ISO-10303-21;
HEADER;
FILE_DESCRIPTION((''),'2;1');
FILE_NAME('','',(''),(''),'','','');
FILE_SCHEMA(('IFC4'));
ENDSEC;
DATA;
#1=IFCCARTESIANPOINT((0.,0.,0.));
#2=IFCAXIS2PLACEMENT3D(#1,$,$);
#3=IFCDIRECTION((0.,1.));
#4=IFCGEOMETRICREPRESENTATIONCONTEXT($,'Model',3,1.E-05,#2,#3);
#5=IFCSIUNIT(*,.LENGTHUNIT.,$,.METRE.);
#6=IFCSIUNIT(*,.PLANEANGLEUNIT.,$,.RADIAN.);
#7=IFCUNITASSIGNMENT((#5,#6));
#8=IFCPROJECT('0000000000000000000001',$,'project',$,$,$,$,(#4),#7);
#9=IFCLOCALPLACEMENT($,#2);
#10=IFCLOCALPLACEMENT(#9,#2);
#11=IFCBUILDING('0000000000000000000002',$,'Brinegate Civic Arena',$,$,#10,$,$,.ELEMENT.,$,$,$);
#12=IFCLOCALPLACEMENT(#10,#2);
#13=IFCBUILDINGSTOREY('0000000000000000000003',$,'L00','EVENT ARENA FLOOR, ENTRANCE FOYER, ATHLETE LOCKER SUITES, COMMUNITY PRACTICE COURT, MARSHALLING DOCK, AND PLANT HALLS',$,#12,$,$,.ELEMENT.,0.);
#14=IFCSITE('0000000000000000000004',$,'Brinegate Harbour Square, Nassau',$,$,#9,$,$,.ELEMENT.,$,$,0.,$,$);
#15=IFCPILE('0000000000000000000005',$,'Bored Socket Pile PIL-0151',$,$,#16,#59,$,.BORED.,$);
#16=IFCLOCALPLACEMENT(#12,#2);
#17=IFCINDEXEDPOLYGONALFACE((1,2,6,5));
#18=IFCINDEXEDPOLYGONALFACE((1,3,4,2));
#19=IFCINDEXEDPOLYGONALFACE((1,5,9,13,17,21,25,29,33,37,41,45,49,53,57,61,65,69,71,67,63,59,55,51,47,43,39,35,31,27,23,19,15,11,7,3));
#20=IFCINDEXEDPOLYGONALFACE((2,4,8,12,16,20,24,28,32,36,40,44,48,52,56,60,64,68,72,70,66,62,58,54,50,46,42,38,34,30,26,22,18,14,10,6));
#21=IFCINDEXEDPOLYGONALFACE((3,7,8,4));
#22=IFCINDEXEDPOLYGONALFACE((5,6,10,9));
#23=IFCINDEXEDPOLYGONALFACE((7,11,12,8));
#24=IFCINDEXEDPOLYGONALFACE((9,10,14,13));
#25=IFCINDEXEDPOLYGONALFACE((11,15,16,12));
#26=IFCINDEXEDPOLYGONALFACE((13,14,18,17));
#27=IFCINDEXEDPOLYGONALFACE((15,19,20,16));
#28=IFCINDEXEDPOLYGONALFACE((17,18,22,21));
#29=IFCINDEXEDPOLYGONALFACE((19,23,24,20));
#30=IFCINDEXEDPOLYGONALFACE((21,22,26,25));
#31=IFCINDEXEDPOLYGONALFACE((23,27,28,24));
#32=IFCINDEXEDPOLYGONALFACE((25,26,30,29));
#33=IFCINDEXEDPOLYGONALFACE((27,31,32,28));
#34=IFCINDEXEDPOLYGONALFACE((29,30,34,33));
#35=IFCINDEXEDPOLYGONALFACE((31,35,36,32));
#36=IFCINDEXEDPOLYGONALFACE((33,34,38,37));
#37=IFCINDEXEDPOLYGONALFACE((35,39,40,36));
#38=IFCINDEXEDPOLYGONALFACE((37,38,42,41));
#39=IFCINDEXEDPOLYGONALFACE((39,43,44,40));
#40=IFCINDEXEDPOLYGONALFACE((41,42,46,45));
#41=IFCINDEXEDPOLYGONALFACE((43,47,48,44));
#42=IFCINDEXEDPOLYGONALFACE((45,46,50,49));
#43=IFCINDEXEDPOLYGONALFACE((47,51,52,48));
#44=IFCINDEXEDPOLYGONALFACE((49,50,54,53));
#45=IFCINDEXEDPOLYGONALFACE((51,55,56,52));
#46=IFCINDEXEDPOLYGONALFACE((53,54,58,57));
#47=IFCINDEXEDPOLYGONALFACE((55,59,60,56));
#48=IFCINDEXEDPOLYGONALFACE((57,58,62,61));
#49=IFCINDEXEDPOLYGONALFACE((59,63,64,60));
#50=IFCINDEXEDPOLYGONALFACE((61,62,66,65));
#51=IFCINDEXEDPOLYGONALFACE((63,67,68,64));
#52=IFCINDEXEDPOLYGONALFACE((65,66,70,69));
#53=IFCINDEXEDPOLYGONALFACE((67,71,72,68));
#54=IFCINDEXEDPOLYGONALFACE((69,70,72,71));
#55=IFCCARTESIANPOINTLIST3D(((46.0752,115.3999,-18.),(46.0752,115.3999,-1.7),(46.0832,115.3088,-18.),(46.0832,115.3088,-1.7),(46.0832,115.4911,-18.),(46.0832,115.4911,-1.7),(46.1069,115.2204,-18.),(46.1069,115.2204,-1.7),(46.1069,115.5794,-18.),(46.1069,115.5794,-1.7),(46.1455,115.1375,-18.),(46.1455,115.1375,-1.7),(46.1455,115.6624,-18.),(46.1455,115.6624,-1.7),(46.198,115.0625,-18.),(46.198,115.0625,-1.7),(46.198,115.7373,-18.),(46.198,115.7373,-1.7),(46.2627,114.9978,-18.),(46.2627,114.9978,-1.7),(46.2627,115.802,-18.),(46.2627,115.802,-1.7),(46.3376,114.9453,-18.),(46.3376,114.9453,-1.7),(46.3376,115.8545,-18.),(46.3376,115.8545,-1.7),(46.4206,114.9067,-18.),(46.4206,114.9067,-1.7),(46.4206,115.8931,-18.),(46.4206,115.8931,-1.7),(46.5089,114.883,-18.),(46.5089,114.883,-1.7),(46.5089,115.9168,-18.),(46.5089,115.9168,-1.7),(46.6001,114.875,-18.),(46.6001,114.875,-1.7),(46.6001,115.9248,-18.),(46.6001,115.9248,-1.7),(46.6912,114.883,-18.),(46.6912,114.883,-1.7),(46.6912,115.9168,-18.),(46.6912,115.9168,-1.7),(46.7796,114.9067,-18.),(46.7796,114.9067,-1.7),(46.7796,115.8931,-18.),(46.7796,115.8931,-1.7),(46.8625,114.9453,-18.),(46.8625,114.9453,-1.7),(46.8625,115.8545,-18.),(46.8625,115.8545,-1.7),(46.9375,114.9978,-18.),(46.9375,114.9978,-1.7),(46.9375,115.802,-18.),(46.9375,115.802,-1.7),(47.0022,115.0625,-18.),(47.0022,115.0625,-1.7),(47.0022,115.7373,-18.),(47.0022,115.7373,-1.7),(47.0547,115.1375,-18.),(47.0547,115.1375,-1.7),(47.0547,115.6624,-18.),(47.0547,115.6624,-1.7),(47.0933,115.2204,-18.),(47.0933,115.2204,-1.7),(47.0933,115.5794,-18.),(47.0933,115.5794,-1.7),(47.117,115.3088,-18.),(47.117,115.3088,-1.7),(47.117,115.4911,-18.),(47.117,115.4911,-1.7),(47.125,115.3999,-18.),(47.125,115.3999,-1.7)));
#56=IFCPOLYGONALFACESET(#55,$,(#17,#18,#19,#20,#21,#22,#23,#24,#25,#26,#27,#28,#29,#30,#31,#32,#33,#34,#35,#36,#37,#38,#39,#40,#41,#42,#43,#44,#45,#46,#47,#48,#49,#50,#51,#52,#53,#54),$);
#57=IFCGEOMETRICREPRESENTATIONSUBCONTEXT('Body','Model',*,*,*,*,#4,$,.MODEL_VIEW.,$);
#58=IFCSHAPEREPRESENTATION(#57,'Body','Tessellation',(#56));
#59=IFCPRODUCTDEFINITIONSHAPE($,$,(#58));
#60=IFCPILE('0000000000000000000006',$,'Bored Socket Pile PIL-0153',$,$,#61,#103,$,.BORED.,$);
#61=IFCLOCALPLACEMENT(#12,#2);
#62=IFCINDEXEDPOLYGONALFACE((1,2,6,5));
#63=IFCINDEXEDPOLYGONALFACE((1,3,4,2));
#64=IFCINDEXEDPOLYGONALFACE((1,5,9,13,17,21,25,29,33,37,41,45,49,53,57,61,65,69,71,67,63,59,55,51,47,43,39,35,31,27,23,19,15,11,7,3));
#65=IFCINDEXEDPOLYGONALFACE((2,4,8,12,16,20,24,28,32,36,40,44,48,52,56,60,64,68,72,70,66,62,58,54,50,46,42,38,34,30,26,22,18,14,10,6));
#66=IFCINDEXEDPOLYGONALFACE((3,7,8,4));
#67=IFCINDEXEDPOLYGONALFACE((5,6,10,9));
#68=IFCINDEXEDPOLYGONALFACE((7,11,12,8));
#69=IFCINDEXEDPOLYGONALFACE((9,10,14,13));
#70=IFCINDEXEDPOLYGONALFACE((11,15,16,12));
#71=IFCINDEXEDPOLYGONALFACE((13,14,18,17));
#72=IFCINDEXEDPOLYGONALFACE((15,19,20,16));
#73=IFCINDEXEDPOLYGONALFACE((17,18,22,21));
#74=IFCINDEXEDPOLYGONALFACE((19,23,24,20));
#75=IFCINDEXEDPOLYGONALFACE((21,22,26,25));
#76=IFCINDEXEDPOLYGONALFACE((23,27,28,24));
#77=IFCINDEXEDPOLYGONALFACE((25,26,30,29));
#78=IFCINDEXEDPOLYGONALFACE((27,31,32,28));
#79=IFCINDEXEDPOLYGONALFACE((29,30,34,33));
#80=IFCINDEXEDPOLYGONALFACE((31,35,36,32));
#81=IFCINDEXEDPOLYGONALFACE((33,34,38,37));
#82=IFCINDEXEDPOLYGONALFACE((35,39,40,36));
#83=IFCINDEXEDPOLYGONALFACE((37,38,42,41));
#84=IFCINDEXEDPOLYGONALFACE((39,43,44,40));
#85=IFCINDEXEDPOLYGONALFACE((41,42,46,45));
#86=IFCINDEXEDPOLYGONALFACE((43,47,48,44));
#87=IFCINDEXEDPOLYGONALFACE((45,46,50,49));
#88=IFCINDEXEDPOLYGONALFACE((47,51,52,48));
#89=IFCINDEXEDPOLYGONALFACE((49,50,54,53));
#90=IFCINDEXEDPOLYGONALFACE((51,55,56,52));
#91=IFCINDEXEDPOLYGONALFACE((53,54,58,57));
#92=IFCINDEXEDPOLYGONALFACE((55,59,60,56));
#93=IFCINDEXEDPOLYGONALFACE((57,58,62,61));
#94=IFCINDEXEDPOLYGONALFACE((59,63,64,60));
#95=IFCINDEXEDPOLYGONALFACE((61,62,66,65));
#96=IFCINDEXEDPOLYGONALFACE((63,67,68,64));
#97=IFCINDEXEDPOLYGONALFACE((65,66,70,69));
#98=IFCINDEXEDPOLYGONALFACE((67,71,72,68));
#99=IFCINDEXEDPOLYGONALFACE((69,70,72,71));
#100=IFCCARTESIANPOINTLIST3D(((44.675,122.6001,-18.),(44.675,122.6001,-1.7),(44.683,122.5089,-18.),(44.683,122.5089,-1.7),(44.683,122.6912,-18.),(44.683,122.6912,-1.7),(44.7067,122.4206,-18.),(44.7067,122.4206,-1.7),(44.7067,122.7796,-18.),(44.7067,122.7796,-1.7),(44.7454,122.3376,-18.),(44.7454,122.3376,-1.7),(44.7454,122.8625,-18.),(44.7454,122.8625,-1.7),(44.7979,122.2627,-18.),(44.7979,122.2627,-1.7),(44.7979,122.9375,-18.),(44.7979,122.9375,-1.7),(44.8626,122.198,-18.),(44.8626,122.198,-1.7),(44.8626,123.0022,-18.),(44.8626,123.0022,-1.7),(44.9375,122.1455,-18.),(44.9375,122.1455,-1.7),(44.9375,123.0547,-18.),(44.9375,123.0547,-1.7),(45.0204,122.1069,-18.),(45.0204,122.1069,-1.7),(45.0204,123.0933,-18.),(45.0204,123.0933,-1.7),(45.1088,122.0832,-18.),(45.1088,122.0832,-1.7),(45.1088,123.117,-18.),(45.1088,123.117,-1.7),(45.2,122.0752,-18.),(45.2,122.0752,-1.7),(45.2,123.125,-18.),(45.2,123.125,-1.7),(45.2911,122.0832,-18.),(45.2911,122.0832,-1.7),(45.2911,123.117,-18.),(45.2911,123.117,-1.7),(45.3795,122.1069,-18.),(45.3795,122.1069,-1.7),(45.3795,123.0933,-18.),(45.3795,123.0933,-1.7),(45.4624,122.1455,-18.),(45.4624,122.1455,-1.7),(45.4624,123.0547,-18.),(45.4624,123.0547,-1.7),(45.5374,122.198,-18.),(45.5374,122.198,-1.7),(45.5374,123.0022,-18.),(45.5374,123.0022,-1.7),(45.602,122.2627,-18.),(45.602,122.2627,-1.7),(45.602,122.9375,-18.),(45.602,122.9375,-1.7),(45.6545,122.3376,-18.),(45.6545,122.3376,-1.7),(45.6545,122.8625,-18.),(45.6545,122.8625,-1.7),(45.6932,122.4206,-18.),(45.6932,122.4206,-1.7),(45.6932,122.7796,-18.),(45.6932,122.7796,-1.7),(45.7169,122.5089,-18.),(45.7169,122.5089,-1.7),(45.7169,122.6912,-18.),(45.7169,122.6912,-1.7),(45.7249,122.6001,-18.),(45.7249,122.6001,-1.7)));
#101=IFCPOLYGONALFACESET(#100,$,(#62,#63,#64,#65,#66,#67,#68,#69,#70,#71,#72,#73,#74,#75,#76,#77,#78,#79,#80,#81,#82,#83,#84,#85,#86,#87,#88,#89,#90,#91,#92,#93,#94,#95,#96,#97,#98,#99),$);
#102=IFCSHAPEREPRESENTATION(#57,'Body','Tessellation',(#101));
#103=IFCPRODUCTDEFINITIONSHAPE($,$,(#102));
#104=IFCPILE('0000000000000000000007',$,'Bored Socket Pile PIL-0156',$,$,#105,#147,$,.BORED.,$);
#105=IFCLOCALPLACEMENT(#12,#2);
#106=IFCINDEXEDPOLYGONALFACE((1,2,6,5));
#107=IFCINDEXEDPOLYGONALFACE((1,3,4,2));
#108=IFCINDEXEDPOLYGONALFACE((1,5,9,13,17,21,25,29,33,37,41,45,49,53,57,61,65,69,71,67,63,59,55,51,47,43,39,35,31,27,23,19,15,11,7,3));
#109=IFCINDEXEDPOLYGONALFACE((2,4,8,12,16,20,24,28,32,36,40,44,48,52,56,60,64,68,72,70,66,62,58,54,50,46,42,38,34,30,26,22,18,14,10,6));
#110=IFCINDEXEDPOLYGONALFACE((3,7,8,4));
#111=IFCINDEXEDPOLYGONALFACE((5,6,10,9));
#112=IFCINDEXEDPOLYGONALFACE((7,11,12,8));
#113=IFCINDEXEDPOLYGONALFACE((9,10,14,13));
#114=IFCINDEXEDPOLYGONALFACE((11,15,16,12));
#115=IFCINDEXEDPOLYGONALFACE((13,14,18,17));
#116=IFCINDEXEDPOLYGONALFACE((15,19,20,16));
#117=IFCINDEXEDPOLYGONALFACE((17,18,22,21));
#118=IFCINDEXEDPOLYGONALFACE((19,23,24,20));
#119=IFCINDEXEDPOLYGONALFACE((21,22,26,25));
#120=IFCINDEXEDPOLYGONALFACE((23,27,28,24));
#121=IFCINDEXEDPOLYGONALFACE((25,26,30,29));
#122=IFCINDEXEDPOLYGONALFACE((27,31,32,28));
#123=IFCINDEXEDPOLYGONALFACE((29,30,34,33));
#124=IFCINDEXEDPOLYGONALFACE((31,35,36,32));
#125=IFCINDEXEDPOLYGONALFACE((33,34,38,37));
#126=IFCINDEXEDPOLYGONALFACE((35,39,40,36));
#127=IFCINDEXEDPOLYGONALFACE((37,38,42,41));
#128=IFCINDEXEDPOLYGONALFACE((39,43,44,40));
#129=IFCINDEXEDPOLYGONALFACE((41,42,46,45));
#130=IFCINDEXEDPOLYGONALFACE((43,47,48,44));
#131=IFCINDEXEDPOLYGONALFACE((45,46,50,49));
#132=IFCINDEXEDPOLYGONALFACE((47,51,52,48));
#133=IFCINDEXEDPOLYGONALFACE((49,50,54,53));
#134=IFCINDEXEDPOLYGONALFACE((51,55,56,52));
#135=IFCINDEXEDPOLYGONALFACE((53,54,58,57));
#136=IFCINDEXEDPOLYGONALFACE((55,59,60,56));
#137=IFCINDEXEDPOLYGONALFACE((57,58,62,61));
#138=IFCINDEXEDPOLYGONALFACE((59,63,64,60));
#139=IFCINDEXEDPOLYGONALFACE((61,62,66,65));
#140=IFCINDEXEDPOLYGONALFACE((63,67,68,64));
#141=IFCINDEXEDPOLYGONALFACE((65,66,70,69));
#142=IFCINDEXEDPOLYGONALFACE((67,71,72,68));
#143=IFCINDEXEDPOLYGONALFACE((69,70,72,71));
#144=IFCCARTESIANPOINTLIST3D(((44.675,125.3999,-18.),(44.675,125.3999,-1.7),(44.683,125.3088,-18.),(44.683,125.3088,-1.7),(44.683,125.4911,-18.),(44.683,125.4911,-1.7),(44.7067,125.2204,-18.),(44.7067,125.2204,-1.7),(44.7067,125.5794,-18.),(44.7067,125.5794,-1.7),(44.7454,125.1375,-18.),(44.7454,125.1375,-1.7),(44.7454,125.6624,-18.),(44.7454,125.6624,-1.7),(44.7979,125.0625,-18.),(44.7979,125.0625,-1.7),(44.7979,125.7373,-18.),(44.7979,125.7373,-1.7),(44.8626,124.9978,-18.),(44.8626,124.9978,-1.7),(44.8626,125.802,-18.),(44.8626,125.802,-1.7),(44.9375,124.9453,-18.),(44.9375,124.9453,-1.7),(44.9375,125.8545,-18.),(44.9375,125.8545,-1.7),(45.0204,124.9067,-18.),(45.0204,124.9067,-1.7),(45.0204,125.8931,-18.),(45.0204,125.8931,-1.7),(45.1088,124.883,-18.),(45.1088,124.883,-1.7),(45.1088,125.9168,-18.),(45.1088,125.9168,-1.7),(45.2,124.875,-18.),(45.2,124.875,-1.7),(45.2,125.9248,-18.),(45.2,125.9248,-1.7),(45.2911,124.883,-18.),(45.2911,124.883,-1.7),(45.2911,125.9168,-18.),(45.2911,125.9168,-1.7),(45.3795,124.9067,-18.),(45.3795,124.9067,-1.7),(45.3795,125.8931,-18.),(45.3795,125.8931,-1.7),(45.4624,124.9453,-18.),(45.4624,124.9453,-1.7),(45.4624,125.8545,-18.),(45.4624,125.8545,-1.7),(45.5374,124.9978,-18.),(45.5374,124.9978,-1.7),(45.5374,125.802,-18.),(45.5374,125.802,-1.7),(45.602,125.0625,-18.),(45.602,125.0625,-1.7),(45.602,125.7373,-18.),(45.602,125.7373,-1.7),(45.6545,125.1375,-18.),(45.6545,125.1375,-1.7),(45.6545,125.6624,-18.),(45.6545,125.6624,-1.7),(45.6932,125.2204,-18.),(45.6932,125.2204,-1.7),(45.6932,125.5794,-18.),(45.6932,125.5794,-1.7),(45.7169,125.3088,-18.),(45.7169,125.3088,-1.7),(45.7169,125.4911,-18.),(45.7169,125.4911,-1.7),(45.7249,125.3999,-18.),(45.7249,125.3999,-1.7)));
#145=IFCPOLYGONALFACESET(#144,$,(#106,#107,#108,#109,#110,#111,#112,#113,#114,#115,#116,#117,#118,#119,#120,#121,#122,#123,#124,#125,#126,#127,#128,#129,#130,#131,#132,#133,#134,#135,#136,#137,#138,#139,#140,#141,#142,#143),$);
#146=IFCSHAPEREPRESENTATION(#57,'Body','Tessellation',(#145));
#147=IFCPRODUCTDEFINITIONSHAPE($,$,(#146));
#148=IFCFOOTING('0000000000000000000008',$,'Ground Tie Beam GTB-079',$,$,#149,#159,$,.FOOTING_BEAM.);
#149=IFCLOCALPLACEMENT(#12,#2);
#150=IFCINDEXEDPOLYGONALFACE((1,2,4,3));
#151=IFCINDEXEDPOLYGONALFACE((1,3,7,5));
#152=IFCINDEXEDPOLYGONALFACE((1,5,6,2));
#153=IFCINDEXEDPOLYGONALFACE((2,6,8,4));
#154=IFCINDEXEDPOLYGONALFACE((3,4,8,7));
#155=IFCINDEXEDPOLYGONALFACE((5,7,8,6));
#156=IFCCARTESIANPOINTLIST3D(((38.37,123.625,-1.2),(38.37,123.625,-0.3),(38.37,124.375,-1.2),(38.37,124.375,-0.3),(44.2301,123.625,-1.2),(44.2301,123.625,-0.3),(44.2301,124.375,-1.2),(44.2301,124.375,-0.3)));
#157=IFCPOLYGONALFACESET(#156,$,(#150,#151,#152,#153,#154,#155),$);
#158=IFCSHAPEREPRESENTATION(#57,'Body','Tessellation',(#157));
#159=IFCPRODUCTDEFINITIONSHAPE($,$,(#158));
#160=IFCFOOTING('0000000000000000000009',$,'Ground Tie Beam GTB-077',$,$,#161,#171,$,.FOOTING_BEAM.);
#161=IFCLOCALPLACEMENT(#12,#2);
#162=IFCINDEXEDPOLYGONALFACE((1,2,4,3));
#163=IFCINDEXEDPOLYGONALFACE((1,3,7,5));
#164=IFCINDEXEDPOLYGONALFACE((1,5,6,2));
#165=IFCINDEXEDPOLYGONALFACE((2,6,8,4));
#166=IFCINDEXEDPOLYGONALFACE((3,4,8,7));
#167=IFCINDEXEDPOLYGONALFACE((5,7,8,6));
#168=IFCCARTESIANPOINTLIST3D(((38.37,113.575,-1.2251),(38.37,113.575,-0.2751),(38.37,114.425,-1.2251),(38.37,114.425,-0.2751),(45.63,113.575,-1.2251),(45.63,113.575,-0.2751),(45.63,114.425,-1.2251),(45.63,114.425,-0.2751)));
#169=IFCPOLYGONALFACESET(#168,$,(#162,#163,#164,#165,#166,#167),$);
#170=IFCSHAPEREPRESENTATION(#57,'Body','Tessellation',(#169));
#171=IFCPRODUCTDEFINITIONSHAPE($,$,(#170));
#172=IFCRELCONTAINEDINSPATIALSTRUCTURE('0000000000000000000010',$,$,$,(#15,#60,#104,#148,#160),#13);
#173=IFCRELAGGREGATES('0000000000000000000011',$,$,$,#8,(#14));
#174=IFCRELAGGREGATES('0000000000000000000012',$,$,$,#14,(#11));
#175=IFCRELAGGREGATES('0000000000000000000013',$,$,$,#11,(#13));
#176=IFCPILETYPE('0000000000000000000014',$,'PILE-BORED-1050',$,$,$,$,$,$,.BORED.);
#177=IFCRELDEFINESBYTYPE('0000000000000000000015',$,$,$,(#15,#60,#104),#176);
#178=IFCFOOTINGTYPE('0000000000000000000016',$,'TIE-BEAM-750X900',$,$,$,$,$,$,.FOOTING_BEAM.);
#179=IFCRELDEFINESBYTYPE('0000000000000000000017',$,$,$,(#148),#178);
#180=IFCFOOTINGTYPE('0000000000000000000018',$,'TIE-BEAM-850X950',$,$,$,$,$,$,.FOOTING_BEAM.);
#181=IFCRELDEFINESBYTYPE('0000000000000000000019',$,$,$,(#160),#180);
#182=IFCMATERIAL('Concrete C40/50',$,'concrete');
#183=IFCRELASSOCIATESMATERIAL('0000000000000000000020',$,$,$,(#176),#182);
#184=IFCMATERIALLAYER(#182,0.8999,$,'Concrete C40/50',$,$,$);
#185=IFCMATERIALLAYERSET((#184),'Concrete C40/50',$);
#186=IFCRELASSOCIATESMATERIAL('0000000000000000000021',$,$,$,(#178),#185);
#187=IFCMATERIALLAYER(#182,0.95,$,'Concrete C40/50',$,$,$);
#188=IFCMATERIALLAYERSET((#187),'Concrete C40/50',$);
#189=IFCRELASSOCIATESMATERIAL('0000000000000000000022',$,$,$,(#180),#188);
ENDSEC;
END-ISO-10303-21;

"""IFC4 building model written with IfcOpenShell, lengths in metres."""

from ifc_helpers import new_model, si_unit, direction, frame, origin, origin_2d, place, context, subcontext, project, spatial, rectangle, circle, extrude, material, layer, layer_set, material_profile, profile_set, type_object, element, save


model = new_model("IFC4")

# Units and contexts
model_context = context("Model", 3, precision=1e-05, world=origin(), true_north=direction((0.0, 1.0)))
body_context = subcontext(model_context, "Body", "Model", "MODEL_VIEW")
ifc_project = project(units=[si_unit("LENGTHUNIT", "METRE"), si_unit("PLANEANGLEUNIT", "RADIAN")], contexts=[model_context])

# Site, building, storey
site_placement = place(None, origin())
site = spatial("IfcSite", under=ifc_project, at=site_placement, Name="Brinegate Harbour Square, Nassau", CompositionType="ELEMENT", RefElevation=0.0)
building_placement = place(site_placement, origin())
building = spatial("IfcBuilding", under=site, at=building_placement, Name="Brinegate Civic Arena", CompositionType="ELEMENT")
storey_placement = place(building_placement, origin())
storey = spatial("IfcBuildingStorey", under=building, at=storey_placement, Name="L00", Description="EVENT ARENA FLOOR, ENTRANCE FOYER, ATHLETE LOCKER SUITES, COMMUNITY PRACTICE COURT, MARSHALLING DOCK, AND PLANT HALLS", CompositionType="ELEMENT", Elevation=0.0)

# Piles
ifc_material_1 = material(Name="Concrete C40/50", Category="concrete")
ifc_material_profile_1 = material_profile(ifc_material_1, circle(Radius=0.5249, at=origin_2d()), Name="PILED1050")
ifc_profile_set_1 = profile_set([ifc_material_profile_1], Name="Concrete C40/50")
pile_type = type_object("IfcPileType", Name="PILE-BORED-1050", PredefinedType="BORED", material=ifc_profile_set_1)
for number, where, z_axis, x_axis, name in (
    (1, (46.6001, 115.3999, -1.7), (0.0, 0.0, -1.0), (1.0, 0.0, 0.0), "Bored Socket Pile PIL-0151"),
    (2, (45.2, 122.6001, -1.7), (0.0, 0.0, -1.0), (1.0, 0.0, 0.0), "Bored Socket Pile PIL-0153"),
    (3, (45.2, 125.3999, -1.7), (0.0, 0.0, -1.0), (1.0, 0.0, 0.0), "Bored Socket Pile PIL-0156"),
):
    element("IfcPile", number, at=place(storey_placement, frame(where, z_axis=z_axis, x_axis=x_axis)), inside=storey, type_object=pile_type, Name=name, PredefinedType="BORED", context=body_context, shape_type="SweptSolid", body=[
        extrude(circle(Radius=0.5249, at=origin_2d()), origin(), (0.0, 0.0, 1.0), 16.3),
    ])

# Footings
ifc_layer_1 = layer(ifc_material_1, 0.8999, Name="Concrete C40/50")
ifc_layer_set_1 = layer_set([ifc_layer_1], Name="Concrete C40/50")
footing_type_1 = type_object("IfcFootingType", Name="TIE-BEAM-750X900", PredefinedType="FOOTING_BEAM", material=ifc_layer_set_1)
footing_1_placement = place(storey_placement, frame((41.3, 124.0, -1.2), z_axis=(0.0, 0.0, 1.0), x_axis=(1.0, 0.0, 0.0)))
element("IfcFooting", 4, at=footing_1_placement, inside=storey, type_object=footing_type_1, Name="Ground Tie Beam GTB-079", PredefinedType="FOOTING_BEAM", context=body_context, shape_type="SweptSolid", body=[
    extrude(rectangle(XDim=5.8601, YDim=0.75, at=origin_2d()), origin(), (0.0, 0.0, 1.0), 0.8999),
])
ifc_layer_2 = layer(ifc_material_1, 0.95, Name="Concrete C40/50")
ifc_layer_set_2 = layer_set([ifc_layer_2], Name="Concrete C40/50")
footing_type_2 = type_object("IfcFootingType", Name="TIE-BEAM-850X950", PredefinedType="FOOTING_BEAM", material=ifc_layer_set_2)
footing_2_placement = place(storey_placement, frame((42.0, 114.0, -1.2251), z_axis=(0.0, 0.0, 1.0), x_axis=(1.0, 0.0, 0.0)))
element("IfcFooting", 5, at=footing_2_placement, inside=storey, type_object=footing_type_2, Name="Ground Tie Beam GTB-077", PredefinedType="FOOTING_BEAM", context=body_context, shape_type="SweptSolid", body=[
    extrude(rectangle(XDim=7.26, YDim=0.8501, at=origin_2d()), origin(), (0.0, 0.0, 1.0), 0.95),
])

save(model, "model.ifc")
